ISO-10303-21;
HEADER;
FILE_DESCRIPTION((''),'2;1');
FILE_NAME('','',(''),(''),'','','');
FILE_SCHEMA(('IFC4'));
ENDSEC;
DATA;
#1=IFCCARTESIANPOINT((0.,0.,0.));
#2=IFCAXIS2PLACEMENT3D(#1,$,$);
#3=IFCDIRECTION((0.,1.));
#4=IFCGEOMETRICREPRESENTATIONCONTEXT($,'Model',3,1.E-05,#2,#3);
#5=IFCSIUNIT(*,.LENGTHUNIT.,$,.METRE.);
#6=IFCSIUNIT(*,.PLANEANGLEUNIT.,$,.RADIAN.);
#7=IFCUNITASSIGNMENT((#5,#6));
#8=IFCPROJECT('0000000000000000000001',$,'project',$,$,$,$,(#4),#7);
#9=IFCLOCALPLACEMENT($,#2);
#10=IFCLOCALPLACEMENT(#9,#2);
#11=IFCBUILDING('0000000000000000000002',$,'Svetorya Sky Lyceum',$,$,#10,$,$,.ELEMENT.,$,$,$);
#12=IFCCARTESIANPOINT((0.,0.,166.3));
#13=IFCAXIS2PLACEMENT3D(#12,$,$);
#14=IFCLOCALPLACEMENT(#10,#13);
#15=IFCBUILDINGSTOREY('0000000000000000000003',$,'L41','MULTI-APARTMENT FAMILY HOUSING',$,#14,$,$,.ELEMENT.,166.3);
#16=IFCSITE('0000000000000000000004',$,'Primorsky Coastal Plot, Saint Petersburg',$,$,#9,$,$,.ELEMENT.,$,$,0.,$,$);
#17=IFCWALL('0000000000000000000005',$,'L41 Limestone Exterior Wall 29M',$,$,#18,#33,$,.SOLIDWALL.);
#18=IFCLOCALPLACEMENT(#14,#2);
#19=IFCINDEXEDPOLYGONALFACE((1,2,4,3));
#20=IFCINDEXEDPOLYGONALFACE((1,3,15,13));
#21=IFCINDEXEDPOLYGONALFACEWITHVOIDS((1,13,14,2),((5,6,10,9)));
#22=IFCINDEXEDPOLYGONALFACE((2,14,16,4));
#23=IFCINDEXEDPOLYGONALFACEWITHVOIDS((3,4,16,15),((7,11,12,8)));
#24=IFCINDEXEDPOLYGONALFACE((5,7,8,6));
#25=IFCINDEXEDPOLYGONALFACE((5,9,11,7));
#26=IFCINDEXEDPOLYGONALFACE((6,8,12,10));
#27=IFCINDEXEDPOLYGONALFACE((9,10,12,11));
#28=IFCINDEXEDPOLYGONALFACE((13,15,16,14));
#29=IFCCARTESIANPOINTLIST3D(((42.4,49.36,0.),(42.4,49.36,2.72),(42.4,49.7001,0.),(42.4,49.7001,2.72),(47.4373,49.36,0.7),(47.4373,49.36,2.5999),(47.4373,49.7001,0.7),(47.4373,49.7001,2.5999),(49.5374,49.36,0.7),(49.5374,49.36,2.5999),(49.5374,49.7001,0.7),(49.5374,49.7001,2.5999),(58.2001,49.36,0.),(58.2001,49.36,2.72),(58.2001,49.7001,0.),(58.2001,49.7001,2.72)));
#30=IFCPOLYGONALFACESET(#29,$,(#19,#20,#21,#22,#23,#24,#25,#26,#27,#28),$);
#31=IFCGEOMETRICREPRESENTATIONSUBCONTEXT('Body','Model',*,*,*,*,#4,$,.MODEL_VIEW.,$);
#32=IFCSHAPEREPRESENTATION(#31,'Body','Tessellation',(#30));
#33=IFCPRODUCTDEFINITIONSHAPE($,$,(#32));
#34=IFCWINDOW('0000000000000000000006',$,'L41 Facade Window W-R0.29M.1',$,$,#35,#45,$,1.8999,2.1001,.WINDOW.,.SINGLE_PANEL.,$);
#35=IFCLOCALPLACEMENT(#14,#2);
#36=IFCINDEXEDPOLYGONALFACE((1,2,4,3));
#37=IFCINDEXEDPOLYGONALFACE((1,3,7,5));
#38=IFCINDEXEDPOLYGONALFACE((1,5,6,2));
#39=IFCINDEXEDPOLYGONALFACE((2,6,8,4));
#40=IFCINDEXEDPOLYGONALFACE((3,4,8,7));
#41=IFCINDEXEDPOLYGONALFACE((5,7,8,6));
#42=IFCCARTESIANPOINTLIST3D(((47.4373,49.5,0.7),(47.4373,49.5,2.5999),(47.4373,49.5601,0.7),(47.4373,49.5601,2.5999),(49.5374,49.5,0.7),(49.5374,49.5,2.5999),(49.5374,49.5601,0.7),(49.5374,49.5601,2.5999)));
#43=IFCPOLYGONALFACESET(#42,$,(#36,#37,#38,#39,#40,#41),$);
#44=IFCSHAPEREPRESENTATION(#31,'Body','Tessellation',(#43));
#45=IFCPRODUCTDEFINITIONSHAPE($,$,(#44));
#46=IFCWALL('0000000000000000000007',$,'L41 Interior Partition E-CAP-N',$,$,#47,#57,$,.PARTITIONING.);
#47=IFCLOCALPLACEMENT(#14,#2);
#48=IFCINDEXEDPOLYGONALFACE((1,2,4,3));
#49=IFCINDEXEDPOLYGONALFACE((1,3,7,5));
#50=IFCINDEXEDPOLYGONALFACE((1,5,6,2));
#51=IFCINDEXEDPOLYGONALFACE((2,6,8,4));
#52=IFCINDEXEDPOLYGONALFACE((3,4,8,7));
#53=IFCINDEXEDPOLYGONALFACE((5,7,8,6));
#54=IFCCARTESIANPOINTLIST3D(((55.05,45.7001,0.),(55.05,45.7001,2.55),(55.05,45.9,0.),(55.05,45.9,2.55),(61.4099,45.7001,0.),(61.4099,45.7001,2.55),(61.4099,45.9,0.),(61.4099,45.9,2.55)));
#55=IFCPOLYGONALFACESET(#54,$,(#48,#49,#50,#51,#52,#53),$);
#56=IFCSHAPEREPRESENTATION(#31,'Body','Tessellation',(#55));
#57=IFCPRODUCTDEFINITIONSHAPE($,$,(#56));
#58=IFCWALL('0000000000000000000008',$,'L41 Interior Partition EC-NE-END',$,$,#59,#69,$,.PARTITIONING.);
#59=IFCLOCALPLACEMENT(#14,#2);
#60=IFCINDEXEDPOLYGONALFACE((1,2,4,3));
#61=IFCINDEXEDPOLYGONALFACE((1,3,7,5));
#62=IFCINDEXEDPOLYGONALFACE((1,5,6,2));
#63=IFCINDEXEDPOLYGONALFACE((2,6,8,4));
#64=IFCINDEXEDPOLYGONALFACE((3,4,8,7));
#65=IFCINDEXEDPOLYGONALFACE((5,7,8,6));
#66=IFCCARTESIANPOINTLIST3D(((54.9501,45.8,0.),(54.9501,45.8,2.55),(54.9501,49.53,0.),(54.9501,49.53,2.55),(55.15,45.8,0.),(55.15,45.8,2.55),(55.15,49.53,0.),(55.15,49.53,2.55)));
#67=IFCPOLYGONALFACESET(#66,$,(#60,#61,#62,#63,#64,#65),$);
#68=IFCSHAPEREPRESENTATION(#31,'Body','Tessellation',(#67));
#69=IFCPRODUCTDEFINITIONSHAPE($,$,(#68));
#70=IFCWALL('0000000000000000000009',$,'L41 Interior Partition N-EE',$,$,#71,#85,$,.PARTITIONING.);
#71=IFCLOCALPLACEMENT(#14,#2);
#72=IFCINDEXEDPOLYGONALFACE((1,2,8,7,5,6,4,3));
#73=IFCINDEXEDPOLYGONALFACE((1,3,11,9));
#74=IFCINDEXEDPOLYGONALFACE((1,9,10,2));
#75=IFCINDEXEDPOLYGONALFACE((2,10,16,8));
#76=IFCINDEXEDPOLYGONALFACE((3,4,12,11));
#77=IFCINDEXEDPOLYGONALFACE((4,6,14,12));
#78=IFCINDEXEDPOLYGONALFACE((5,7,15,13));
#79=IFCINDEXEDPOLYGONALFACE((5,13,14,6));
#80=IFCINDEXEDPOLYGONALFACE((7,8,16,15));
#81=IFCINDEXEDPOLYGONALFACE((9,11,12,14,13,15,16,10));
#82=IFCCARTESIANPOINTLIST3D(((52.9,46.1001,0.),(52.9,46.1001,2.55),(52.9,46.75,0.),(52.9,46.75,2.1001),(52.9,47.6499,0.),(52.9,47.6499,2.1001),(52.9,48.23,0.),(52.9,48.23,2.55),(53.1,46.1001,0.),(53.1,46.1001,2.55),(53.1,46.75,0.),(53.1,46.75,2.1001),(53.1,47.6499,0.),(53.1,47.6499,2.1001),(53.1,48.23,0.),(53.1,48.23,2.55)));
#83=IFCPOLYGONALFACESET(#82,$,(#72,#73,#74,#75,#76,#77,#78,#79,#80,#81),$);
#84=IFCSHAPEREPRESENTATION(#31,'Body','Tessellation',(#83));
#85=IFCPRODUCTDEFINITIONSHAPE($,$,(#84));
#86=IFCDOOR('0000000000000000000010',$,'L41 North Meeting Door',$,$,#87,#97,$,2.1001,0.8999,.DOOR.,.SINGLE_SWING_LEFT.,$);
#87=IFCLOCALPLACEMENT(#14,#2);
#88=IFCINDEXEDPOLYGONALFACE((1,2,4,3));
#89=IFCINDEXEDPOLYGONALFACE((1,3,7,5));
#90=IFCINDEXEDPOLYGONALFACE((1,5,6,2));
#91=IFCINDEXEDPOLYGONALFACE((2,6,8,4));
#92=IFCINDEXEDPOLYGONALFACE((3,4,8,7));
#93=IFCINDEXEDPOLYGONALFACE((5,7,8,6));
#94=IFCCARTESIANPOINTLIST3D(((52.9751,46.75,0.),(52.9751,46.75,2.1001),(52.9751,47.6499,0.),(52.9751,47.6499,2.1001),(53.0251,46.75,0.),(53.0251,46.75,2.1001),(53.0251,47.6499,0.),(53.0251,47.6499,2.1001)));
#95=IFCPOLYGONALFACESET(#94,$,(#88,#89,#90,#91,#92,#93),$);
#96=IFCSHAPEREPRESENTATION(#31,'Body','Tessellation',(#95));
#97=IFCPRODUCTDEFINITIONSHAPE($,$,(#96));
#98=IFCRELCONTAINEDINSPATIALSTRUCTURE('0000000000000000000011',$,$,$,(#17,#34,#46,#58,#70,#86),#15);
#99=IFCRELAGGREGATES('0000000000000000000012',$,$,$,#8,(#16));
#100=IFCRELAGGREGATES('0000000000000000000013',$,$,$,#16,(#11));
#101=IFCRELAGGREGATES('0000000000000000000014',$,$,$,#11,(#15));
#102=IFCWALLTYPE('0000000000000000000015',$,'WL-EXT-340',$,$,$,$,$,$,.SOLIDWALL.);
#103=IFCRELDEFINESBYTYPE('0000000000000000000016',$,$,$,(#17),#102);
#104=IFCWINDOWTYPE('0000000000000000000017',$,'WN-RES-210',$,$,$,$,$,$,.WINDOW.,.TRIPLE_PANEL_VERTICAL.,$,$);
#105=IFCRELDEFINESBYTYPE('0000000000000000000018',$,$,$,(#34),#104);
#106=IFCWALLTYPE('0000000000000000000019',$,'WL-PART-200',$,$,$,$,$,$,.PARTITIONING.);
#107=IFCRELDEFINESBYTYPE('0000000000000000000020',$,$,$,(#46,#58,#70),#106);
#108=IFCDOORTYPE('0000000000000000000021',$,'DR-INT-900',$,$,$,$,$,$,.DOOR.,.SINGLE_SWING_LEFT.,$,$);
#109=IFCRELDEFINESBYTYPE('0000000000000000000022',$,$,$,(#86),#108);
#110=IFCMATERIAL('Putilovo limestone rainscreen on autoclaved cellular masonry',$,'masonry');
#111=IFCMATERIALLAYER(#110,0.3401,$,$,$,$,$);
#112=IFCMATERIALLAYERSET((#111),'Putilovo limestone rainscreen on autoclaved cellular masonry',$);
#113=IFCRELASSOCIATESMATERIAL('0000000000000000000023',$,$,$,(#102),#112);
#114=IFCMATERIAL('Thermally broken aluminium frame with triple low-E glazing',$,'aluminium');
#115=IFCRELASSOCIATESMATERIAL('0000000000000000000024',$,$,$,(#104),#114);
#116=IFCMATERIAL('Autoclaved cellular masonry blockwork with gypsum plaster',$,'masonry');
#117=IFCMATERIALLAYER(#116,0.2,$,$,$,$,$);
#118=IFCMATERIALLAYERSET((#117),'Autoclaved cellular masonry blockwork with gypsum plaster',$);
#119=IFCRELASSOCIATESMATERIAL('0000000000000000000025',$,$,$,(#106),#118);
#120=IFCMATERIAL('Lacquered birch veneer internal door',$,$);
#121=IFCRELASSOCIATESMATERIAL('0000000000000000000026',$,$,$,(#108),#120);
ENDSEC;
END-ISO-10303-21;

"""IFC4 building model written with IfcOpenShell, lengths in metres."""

from ifc_helpers import new_model, si_unit, direction, frame, frame_2d, origin, place, context, subcontext, project, spatial, rectangle, extrude, material, layer, layer_set, type_object, element, fill, save


model = new_model("IFC4")

# Units and contexts
model_context = context("Model", 3, precision=1e-05, world=origin(), true_north=direction((0.0, 1.0)))
body_context = subcontext(model_context, "Body", "Model", "MODEL_VIEW")
ifc_project = project(units=[si_unit("LENGTHUNIT", "METRE"), si_unit("PLANEANGLEUNIT", "RADIAN")], contexts=[model_context])

# Site, building, storey
site_placement = place(None, origin())
site = spatial("IfcSite", under=ifc_project, at=site_placement, Name="Primorsky Coastal Plot, Saint Petersburg", CompositionType="ELEMENT", RefElevation=0.0)
building_placement = place(site_placement, origin())
building = spatial("IfcBuilding", under=site, at=building_placement, Name="Svetorya Sky Lyceum", CompositionType="ELEMENT")
storey_placement = place(building_placement, frame((0.0, 0.0, 166.3)))
storey = spatial("IfcBuildingStorey", under=building, at=storey_placement, Name="L41", Description="MULTI-APARTMENT FAMILY HOUSING", CompositionType="ELEMENT", Elevation=166.3)

# Shared definitions
ifc_material_1 = material(Name="Putilovo limestone rainscreen on autoclaved cellular masonry", Category="masonry")
ifc_layer_1 = layer(ifc_material_1, 0.3401)
ifc_layer_set_1 = layer_set([ifc_layer_1], Name="Putilovo limestone rainscreen on autoclaved cellular masonry")
wall_type_1 = type_object("IfcWallType", Name="WL-EXT-340", PredefinedType="SOLIDWALL", material=ifc_layer_set_1)

# Wall, opening, window
wall_1_placement = place(storey_placement, frame((58.2, 49.53, 0.0), z_axis=(0.0, 0.0, 1.0), x_axis=(-1.0, 0.0, 0.0)))
wall_1 = element("IfcWall", 1, at=wall_1_placement, inside=storey, type_object=wall_type_1, Name="L41 Limestone Exterior Wall 29M", PredefinedType="SOLIDWALL", context=body_context, shape_type="SweptSolid", body=[
    extrude(rectangle(XDim=15.8, YDim=0.3401, at=frame_2d((7.8999, 0.0))), origin(), (0.0, 0.0, 1.0), 2.72),
])
opening_1_placement = place(wall_1_placement, frame((8.6626, 0.0, 0.7)))
opening_1 = element("IfcOpeningElement", 2, at=opening_1_placement, cuts=wall_1, PredefinedType="OPENING", context=body_context, shape_type="SweptSolid", body=[
    extrude(rectangle(XDim=2.1001, YDim=1.8999, at=frame_2d((1.05, 0.95))), frame((0.0, 0.1799, 0.0), z_axis=(0.0, -1.0, 0.0), x_axis=(1.0, 0.0, 0.0)), (0.0, 0.0, 1.0), 0.3601),
])
ifc_material_2 = material(Name="Thermally broken aluminium frame with triple low-E glazing", Category="aluminium")
window_type = type_object("IfcWindowType", Name="WN-RES-210", PartitioningType="TRIPLE_PANEL_VERTICAL", PredefinedType="WINDOW", material=ifc_material_2)
window_placement = place(opening_1_placement, origin())
window = element("IfcWindow", 3, at=window_placement, inside=storey, type_object=window_type, Name="L41 Facade Window W-R0.29M.1", OverallHeight=1.8999, OverallWidth=2.1001, PartitioningType="SINGLE_PANEL", PredefinedType="WINDOW", context=body_context, shape_type="SweptSolid", body=[
    extrude(rectangle(XDim=2.1001, YDim=1.8999, at=frame_2d((1.05, 0.95))), frame((0.0, 0.03, 0.0), z_axis=(0.0, -1.0, 0.0), x_axis=(1.0, 0.0, 0.0)), (0.0, 0.0, 1.0), 0.0601),
])
fill(opening_1, window)

# Walls
ifc_material_3 = material(Name="Autoclaved cellular masonry blockwork with gypsum plaster", Category="masonry")
ifc_layer_2 = layer(ifc_material_3, 0.2)
ifc_layer_set_2 = layer_set([ifc_layer_2], Name="Autoclaved cellular masonry blockwork with gypsum plaster")
wall_type_2 = type_object("IfcWallType", Name="WL-PART-200", PredefinedType="PARTITIONING", material=ifc_layer_set_2)
wall_2_placement = place(storey_placement, frame((55.05, 45.8, 0.0), z_axis=(0.0, 0.0, 1.0), x_axis=(1.0, 0.0, 0.0)))
element("IfcWall", 4, at=wall_2_placement, inside=storey, type_object=wall_type_2, Name="L41 Interior Partition E-CAP-N", PredefinedType="PARTITIONING", context=body_context, shape_type="SweptSolid", body=[
    extrude(rectangle(XDim=6.3599, YDim=0.2, at=frame_2d((3.1799, 0.0))), origin(), (0.0, 0.0, 1.0), 2.55),
])
wall_3_placement = place(storey_placement, frame((55.05, 45.8, 0.0), z_axis=(0.0, 0.0, 1.0), x_axis=(0.0, 1.0, 0.0)))
element("IfcWall", 5, at=wall_3_placement, inside=storey, type_object=wall_type_2, Name="L41 Interior Partition EC-NE-END", PredefinedType="PARTITIONING", context=body_context, shape_type="SweptSolid", body=[
    extrude(rectangle(XDim=3.73, YDim=0.2, at=frame_2d((1.865, 0.0))), origin(), (0.0, 0.0, 1.0), 2.55),
])

# Wall, opening, door
wall_4_placement = place(storey_placement, frame((53.0, 46.1001, 0.0), z_axis=(0.0, 0.0, 1.0), x_axis=(0.0, 1.0, 0.0)))
wall_4 = element("IfcWall", 6, at=wall_4_placement, inside=storey, type_object=wall_type_2, Name="L41 Interior Partition N-EE", PredefinedType="PARTITIONING", context=body_context, shape_type="SweptSolid", body=[
    extrude(rectangle(XDim=2.1299, YDim=0.2, at=frame_2d((1.0649, 0.0))), origin(), (0.0, 0.0, 1.0), 2.55),
])
opening_2_placement = place(wall_4_placement, frame((0.6499, 0.0, 0.0)))
opening_2 = element("IfcOpeningElement", 7, at=opening_2_placement, cuts=wall_4, PredefinedType="OPENING", context=body_context, shape_type="SweptSolid", body=[
    extrude(rectangle(XDim=0.8999, YDim=2.1001, at=frame_2d((0.45, 1.05))), frame((0.0, 0.1099, 0.0), z_axis=(0.0, -1.0, 0.0), x_axis=(1.0, 0.0, 0.0)), (0.0, 0.0, 1.0), 0.22),
])
ifc_material_4 = material(Name="Lacquered birch veneer internal door")
door_type = type_object("IfcDoorType", Name="DR-INT-900", OperationType="SINGLE_SWING_LEFT", PredefinedType="DOOR", material=ifc_material_4)
door_placement = place(opening_2_placement, origin())
door = element("IfcDoor", 8, at=door_placement, inside=storey, type_object=door_type, Name="L41 North Meeting Door", OperationType="SINGLE_SWING_LEFT", OverallHeight=2.1001, OverallWidth=0.8999, PredefinedType="DOOR", context=body_context, shape_type="SweptSolid", body=[
    extrude(rectangle(XDim=0.8999, YDim=2.1001, at=frame_2d((0.45, 1.05))), frame((0.0, 0.0249, 0.0), z_axis=(0.0, -1.0, 0.0), x_axis=(1.0, 0.0, 0.0)), (0.0, 0.0, 1.0), 0.05),
])
fill(opening_2, door)

save(model, "model.ifc")
